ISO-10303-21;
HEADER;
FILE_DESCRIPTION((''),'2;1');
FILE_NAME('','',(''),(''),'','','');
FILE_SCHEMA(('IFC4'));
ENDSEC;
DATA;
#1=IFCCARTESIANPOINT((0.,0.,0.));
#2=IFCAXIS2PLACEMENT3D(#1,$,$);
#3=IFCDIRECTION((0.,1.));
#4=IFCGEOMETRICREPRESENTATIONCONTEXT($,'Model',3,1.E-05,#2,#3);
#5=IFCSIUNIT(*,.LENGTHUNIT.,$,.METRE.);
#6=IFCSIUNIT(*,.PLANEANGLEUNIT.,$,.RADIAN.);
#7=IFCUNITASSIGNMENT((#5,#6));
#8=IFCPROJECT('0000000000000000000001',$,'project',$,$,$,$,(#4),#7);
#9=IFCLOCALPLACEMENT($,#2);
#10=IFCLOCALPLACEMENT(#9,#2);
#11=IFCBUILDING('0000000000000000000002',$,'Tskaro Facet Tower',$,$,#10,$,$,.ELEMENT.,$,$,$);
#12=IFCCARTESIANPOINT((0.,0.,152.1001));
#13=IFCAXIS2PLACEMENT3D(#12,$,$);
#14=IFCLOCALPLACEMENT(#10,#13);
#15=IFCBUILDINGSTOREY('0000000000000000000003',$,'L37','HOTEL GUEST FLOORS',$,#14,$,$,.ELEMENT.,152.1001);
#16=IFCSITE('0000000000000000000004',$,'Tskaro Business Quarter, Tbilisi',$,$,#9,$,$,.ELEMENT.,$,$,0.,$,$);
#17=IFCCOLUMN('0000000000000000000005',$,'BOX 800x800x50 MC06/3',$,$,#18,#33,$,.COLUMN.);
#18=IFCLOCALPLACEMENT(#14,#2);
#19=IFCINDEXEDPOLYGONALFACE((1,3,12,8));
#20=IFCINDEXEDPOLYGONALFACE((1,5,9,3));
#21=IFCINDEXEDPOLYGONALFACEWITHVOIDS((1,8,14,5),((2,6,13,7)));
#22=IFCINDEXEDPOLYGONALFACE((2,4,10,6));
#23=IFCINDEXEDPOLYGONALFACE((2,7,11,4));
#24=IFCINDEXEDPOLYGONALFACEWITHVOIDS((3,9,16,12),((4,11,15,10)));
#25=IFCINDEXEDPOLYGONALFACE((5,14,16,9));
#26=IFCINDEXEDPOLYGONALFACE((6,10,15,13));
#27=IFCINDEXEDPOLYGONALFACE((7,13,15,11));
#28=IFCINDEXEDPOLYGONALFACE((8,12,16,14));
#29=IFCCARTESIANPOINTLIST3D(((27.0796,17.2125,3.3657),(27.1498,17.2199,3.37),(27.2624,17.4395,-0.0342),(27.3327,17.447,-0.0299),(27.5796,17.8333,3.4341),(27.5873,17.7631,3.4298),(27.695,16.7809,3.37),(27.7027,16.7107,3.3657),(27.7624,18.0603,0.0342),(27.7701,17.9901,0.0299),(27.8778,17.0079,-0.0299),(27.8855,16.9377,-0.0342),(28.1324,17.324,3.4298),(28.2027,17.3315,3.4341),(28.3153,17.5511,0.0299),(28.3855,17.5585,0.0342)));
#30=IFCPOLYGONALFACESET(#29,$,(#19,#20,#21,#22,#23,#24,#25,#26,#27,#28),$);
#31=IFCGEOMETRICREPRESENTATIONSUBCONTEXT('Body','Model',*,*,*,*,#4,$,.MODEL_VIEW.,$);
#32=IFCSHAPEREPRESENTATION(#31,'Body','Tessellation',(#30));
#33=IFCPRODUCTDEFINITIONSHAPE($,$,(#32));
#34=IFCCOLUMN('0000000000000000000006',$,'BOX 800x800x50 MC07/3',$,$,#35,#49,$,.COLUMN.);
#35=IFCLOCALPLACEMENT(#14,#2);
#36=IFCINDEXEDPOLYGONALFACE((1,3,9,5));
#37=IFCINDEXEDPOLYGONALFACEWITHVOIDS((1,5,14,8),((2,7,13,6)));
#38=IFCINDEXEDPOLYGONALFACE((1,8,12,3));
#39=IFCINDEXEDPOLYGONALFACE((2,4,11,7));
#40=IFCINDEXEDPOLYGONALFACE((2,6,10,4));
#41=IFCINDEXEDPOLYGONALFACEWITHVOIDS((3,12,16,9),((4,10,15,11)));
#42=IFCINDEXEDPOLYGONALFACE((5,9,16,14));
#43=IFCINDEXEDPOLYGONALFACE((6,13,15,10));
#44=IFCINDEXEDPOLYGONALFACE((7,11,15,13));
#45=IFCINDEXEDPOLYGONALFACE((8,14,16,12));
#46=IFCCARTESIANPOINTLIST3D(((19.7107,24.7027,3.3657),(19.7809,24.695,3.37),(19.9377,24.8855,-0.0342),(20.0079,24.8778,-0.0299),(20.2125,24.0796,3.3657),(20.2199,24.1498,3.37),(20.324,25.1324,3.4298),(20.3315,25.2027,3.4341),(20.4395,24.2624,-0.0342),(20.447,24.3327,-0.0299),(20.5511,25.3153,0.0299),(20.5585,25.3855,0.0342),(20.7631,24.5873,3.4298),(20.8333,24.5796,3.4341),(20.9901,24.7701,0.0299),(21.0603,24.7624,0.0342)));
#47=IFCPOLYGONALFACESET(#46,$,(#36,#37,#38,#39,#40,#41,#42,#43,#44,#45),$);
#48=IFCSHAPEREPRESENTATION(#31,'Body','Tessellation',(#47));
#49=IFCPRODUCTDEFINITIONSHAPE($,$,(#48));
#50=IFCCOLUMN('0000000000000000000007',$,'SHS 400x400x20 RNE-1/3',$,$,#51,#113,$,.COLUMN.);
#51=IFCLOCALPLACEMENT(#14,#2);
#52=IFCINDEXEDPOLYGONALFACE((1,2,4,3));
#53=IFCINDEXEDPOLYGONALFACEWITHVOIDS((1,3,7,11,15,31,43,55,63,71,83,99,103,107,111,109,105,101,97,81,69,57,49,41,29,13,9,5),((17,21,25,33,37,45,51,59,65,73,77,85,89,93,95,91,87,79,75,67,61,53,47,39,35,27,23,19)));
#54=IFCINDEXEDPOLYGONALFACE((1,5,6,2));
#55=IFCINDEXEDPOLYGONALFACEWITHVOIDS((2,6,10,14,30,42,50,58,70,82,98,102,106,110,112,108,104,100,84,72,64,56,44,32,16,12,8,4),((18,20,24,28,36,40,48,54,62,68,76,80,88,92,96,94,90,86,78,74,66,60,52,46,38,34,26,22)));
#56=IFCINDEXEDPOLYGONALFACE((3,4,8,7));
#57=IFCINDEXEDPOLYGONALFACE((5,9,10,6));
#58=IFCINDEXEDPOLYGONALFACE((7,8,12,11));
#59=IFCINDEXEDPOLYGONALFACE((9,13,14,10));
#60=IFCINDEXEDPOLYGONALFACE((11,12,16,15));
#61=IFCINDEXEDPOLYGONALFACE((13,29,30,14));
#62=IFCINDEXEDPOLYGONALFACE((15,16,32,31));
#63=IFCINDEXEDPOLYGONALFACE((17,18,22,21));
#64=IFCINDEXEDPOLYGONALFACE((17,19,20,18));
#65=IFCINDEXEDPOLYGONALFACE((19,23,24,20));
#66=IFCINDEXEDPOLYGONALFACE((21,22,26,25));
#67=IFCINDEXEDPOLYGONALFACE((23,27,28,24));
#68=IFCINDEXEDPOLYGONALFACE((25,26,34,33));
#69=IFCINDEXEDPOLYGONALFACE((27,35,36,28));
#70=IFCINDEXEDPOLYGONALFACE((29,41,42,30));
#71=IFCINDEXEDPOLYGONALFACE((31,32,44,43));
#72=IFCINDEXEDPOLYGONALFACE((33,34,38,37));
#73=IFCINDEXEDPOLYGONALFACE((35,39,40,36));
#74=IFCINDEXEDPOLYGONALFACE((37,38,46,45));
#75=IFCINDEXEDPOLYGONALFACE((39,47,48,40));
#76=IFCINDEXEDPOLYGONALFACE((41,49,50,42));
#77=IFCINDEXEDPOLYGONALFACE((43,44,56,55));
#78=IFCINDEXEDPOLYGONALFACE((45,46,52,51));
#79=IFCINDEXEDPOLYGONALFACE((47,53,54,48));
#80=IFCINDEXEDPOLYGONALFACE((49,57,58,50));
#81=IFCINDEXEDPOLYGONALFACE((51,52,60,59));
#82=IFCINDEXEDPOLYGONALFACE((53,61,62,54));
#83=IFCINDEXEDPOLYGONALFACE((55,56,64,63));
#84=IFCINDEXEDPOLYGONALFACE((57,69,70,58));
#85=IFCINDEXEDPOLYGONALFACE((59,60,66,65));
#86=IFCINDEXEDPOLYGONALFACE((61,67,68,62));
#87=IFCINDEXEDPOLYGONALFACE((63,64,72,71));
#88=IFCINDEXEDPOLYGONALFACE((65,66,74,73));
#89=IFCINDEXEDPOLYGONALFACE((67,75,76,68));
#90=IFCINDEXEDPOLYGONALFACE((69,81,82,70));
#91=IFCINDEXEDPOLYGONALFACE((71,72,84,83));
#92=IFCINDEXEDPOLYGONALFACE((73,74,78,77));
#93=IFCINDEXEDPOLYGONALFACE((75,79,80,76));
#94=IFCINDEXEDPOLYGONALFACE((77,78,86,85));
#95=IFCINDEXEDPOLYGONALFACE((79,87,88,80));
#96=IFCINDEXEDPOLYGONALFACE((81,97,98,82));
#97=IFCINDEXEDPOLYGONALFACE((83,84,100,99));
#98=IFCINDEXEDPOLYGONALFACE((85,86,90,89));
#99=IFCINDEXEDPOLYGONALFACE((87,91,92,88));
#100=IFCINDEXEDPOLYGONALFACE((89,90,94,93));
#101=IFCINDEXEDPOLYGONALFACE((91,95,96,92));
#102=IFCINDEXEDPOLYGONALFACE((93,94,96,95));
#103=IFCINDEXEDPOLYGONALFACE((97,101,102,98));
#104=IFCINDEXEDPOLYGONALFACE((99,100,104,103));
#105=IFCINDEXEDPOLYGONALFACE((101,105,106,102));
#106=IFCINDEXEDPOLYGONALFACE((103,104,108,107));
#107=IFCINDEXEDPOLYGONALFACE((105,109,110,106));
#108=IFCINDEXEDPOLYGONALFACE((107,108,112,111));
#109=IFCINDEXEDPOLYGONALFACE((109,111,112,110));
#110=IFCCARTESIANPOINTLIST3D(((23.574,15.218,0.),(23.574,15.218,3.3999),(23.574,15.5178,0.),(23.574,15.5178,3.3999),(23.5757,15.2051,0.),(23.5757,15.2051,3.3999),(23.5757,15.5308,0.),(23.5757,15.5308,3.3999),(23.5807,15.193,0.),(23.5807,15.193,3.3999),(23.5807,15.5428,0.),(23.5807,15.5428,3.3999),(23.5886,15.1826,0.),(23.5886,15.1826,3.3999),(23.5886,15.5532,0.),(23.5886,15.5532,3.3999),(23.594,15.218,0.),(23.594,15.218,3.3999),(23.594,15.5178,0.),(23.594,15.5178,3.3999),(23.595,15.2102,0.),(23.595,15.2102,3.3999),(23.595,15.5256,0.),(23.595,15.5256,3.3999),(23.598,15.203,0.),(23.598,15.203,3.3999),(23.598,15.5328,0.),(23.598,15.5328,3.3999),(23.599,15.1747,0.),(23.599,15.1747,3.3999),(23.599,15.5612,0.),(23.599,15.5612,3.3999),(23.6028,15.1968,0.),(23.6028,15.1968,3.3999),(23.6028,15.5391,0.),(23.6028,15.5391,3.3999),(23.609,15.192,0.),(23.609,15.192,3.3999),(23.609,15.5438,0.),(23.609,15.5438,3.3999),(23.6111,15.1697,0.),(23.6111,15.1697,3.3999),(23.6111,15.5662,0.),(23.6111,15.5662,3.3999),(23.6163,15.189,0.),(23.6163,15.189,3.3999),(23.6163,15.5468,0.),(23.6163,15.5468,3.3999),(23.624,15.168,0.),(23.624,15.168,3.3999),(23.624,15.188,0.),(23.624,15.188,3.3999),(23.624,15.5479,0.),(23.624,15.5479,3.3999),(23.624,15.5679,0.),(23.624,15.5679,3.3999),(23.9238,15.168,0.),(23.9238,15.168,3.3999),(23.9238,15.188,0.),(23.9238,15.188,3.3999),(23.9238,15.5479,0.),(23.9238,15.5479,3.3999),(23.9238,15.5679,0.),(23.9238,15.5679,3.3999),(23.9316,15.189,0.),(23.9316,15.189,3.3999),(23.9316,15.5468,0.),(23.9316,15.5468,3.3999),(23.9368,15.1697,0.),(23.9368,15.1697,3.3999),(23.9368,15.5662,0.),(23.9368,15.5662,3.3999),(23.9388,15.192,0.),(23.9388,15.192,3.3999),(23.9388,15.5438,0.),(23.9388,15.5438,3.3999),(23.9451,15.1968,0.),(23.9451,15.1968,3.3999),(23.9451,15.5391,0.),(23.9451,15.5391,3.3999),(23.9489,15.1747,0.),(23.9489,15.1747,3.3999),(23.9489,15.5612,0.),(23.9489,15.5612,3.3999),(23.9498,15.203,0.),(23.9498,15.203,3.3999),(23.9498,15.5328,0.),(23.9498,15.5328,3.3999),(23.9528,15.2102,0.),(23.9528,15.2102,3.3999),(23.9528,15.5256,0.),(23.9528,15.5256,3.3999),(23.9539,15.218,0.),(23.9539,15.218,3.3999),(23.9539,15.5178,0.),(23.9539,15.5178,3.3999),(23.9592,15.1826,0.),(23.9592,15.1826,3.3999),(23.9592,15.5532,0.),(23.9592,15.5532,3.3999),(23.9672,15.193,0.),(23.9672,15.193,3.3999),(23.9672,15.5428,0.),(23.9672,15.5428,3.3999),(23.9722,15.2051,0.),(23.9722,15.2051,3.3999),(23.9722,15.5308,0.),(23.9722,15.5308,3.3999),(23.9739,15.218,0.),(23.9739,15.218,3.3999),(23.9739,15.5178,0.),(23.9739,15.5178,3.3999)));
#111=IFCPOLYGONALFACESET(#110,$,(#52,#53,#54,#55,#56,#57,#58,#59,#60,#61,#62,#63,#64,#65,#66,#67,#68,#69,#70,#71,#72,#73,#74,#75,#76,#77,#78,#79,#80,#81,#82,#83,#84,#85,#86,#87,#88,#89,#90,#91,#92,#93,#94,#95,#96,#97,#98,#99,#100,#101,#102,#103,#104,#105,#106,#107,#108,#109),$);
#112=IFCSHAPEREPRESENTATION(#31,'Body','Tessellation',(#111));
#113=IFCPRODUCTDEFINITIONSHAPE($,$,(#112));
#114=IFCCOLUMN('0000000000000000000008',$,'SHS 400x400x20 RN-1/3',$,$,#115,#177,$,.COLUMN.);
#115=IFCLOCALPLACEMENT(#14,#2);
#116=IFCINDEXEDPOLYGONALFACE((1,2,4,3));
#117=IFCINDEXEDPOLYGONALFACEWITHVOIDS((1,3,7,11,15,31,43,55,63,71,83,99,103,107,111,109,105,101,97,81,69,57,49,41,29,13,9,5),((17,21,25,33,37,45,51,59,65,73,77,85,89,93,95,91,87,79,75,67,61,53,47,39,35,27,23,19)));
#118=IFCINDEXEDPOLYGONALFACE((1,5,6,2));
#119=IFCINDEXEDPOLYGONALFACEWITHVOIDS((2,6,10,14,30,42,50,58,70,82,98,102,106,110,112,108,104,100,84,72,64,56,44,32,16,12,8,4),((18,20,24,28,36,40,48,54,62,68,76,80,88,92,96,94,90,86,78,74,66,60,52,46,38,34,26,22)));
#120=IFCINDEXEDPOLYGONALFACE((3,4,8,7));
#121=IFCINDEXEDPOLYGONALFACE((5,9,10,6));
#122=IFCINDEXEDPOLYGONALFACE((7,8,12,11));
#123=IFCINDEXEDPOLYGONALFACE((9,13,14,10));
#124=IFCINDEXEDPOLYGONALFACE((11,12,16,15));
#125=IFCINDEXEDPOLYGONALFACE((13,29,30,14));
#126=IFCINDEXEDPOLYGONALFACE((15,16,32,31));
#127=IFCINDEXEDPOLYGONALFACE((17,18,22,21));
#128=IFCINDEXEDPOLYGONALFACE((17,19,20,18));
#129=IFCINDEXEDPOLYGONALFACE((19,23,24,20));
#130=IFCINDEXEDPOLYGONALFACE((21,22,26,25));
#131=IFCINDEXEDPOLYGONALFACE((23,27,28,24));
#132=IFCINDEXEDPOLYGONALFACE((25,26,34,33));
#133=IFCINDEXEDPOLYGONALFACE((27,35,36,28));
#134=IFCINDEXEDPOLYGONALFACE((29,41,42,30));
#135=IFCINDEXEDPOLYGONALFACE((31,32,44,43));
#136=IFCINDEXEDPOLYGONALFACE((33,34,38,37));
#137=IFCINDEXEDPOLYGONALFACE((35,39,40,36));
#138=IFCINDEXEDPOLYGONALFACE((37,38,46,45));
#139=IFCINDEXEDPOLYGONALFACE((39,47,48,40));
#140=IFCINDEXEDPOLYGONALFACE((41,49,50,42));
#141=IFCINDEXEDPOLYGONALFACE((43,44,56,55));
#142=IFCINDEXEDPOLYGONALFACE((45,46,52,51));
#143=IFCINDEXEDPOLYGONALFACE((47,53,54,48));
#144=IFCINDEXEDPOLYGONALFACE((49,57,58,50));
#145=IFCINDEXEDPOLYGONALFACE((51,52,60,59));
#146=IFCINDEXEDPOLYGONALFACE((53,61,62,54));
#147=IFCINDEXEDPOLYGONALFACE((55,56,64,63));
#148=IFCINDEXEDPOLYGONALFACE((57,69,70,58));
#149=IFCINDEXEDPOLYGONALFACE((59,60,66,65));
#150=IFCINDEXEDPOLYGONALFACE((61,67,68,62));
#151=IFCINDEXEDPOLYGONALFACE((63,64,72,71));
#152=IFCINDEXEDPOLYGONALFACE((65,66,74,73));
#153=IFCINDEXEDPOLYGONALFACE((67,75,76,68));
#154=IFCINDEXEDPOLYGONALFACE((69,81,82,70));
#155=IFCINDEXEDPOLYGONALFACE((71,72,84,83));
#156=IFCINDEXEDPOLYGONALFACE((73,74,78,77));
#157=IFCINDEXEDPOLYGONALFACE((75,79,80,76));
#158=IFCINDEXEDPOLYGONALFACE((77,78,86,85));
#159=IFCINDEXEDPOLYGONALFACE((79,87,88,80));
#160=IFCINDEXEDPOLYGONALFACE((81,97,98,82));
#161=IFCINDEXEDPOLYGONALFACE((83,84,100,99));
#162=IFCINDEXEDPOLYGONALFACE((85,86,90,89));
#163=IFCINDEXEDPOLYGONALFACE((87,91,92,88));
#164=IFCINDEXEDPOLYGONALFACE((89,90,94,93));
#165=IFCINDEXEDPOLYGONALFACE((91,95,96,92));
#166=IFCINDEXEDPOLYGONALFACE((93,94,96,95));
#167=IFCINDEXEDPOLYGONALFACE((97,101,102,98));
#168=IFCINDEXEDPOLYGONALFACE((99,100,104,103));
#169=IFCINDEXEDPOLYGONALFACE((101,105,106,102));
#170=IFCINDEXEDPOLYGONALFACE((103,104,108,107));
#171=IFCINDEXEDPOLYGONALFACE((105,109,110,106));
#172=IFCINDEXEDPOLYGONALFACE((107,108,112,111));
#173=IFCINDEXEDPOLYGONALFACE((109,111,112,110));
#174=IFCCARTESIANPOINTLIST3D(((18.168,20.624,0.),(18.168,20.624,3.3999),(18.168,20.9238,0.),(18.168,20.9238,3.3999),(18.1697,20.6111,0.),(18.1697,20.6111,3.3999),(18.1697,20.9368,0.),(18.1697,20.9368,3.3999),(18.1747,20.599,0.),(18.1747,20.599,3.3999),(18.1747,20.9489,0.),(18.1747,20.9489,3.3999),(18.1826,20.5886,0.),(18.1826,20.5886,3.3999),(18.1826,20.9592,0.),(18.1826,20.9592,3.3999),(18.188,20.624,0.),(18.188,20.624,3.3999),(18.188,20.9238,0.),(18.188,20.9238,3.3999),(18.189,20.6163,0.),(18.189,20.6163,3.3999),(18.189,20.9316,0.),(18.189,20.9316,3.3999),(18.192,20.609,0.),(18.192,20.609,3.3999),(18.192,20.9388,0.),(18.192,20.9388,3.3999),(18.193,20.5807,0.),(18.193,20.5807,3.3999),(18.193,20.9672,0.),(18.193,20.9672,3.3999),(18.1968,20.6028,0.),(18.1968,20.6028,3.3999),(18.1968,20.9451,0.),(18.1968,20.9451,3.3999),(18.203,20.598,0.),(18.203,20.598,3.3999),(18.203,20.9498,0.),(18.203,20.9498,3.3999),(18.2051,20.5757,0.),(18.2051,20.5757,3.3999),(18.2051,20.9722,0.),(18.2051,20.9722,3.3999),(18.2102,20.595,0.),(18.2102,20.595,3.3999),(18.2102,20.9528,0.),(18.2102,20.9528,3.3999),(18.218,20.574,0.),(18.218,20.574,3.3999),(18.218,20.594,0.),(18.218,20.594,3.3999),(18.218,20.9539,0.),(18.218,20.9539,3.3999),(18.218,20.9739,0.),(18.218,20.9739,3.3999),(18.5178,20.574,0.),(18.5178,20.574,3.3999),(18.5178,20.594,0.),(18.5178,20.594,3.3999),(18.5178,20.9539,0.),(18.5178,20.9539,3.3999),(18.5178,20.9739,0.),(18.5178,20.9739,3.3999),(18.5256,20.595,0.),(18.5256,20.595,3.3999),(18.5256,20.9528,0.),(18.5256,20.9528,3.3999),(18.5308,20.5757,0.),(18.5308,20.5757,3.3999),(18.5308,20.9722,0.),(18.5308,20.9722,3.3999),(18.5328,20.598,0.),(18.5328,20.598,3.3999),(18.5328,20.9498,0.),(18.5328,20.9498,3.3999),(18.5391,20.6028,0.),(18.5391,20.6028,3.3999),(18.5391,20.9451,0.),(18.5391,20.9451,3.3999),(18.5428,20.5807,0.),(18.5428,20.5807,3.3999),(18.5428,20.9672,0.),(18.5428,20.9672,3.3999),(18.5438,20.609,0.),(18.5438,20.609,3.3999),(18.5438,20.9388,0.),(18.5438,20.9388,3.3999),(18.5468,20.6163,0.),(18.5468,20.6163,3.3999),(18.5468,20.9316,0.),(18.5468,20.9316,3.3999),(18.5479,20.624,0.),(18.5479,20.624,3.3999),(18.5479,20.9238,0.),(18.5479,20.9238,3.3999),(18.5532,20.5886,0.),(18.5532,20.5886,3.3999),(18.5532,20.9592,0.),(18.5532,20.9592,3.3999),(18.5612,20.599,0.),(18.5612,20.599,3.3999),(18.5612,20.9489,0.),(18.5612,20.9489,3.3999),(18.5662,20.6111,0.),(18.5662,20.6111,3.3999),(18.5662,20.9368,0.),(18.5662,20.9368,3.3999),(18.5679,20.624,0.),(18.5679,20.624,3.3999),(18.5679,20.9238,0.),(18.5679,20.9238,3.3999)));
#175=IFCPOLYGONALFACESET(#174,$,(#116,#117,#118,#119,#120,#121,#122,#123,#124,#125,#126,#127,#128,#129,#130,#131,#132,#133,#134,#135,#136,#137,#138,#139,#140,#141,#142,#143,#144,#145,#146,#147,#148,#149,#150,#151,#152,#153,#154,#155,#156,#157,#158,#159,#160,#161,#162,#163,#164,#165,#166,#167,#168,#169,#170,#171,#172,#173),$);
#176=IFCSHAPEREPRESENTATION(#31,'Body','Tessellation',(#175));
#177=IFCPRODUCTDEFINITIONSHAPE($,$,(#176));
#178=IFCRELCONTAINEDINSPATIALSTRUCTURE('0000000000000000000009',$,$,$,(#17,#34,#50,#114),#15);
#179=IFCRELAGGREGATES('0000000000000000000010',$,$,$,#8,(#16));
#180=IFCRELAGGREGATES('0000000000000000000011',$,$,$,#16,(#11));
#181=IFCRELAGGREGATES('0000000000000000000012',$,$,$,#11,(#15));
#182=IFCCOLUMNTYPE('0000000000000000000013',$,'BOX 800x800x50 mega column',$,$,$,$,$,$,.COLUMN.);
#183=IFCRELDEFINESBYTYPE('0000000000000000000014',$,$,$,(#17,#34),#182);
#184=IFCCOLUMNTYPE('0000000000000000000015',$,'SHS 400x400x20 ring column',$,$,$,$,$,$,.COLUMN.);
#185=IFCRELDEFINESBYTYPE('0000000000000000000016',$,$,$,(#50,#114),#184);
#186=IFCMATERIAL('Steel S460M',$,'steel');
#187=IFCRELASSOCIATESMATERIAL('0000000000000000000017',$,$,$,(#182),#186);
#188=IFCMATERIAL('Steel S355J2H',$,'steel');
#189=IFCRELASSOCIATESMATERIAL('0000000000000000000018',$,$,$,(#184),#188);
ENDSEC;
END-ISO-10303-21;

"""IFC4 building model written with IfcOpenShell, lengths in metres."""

from ifc_helpers import new_model, si_unit, direction, frame, origin, origin_2d, place, context, subcontext, project, spatial, hollow_rectangle, extrude, material, material_profile, profile_set, type_object, element, save


model = new_model("IFC4")

# Units and contexts
model_context = context("Model", 3, precision=1e-05, world=origin(), true_north=direction((0.0, 1.0)))
body_context = subcontext(model_context, "Body", "Model", "MODEL_VIEW")
ifc_project = project(units=[si_unit("LENGTHUNIT", "METRE"), si_unit("PLANEANGLEUNIT", "RADIAN")], contexts=[model_context])

# Site, building, storey
site_placement = place(None, origin())
site = spatial("IfcSite", under=ifc_project, at=site_placement, Name="Tskaro Business Quarter, Tbilisi", CompositionType="ELEMENT", RefElevation=0.0)
building_placement = place(site_placement, origin())
building = spatial("IfcBuilding", under=site, at=building_placement, Name="Tskaro Facet Tower", CompositionType="ELEMENT")
storey_placement = place(building_placement, frame((0.0, 0.0, 152.1001)))
storey = spatial("IfcBuildingStorey", under=building, at=storey_placement, Name="L37", Description="HOTEL GUEST FLOORS", CompositionType="ELEMENT", Elevation=152.1001)

# Columns
ifc_material_1 = material(Name="Steel S460M", Category="steel")
ifc_material_profile_1 = material_profile(ifc_material_1, hollow_rectangle(XDim=0.8, YDim=0.8, WallThickness=0.05, at=origin_2d()), Name="BOX 800x800x50")
ifc_profile_set_1 = profile_set([ifc_material_profile_1], Name="Steel S460M")
column_type_1 = type_object("IfcColumnType", Name="BOX 800x800x50 mega column", PredefinedType="COLUMN", material=ifc_profile_set_1)
for number, where, z_axis, x_axis, name in (
    (1, (27.824, 17.499, 0.0), (-0.053588, -0.066537, 0.996344), (0.778822, -0.627245, 0.0), "BOX 800x800x50 MC06/3"),
    (2, (20.499, 24.824, 0.0), (-0.066537, -0.053588, 0.996344), (0.627245, -0.778822, 0.0), "BOX 800x800x50 MC07/3"),
):
    element("IfcColumn", number, at=place(storey_placement, frame(where, z_axis=z_axis, x_axis=x_axis)), inside=storey, type_object=column_type_1, Name=name, PredefinedType="COLUMN", context=body_context, shape_type="SweptSolid", body=[
        extrude(hollow_rectangle(XDim=0.8, YDim=0.8, WallThickness=0.05, at=origin_2d()), origin(), (0.0, 0.0, 1.0), 3.4124),
    ])
ifc_material_2 = material(Name="Steel S355J2H", Category="steel")
ifc_material_profile_2 = material_profile(ifc_material_2, hollow_rectangle(XDim=0.3999, YDim=0.3999, WallThickness=0.02, InnerFilletRadius=0.03, OuterFilletRadius=0.05, at=origin_2d()), Name="SHS 400x400x20")
ifc_profile_set_2 = profile_set([ifc_material_profile_2], Name="Steel S355J2H")
column_type_2 = type_object("IfcColumnType", Name="SHS 400x400x20 ring column", PredefinedType="COLUMN", material=ifc_profile_set_2)
for number, where, z_axis, x_axis, name in (
    (3, (23.7739, 15.3679, 0.0), (0.0, 0.0, 1.0), (1.0, 0.0, 0.0), "SHS 400x400x20 RNE-1/3"),
    (4, (18.3679, 20.7739, 0.0), (0.0, 0.0, 1.0), (1.0, 0.0, 0.0), "SHS 400x400x20 RN-1/3"),
):
    element("IfcColumn", number, at=place(storey_placement, frame(where, z_axis=z_axis, x_axis=x_axis)), inside=storey, type_object=column_type_2, Name=name, PredefinedType="COLUMN", context=body_context, shape_type="SweptSolid", body=[
        extrude(hollow_rectangle(XDim=0.3999, YDim=0.3999, WallThickness=0.02, InnerFilletRadius=0.03, OuterFilletRadius=0.05, at=origin_2d()), origin(), (0.0, 0.0, 1.0), 3.3999),
    ])

save(model, "model.ifc")
